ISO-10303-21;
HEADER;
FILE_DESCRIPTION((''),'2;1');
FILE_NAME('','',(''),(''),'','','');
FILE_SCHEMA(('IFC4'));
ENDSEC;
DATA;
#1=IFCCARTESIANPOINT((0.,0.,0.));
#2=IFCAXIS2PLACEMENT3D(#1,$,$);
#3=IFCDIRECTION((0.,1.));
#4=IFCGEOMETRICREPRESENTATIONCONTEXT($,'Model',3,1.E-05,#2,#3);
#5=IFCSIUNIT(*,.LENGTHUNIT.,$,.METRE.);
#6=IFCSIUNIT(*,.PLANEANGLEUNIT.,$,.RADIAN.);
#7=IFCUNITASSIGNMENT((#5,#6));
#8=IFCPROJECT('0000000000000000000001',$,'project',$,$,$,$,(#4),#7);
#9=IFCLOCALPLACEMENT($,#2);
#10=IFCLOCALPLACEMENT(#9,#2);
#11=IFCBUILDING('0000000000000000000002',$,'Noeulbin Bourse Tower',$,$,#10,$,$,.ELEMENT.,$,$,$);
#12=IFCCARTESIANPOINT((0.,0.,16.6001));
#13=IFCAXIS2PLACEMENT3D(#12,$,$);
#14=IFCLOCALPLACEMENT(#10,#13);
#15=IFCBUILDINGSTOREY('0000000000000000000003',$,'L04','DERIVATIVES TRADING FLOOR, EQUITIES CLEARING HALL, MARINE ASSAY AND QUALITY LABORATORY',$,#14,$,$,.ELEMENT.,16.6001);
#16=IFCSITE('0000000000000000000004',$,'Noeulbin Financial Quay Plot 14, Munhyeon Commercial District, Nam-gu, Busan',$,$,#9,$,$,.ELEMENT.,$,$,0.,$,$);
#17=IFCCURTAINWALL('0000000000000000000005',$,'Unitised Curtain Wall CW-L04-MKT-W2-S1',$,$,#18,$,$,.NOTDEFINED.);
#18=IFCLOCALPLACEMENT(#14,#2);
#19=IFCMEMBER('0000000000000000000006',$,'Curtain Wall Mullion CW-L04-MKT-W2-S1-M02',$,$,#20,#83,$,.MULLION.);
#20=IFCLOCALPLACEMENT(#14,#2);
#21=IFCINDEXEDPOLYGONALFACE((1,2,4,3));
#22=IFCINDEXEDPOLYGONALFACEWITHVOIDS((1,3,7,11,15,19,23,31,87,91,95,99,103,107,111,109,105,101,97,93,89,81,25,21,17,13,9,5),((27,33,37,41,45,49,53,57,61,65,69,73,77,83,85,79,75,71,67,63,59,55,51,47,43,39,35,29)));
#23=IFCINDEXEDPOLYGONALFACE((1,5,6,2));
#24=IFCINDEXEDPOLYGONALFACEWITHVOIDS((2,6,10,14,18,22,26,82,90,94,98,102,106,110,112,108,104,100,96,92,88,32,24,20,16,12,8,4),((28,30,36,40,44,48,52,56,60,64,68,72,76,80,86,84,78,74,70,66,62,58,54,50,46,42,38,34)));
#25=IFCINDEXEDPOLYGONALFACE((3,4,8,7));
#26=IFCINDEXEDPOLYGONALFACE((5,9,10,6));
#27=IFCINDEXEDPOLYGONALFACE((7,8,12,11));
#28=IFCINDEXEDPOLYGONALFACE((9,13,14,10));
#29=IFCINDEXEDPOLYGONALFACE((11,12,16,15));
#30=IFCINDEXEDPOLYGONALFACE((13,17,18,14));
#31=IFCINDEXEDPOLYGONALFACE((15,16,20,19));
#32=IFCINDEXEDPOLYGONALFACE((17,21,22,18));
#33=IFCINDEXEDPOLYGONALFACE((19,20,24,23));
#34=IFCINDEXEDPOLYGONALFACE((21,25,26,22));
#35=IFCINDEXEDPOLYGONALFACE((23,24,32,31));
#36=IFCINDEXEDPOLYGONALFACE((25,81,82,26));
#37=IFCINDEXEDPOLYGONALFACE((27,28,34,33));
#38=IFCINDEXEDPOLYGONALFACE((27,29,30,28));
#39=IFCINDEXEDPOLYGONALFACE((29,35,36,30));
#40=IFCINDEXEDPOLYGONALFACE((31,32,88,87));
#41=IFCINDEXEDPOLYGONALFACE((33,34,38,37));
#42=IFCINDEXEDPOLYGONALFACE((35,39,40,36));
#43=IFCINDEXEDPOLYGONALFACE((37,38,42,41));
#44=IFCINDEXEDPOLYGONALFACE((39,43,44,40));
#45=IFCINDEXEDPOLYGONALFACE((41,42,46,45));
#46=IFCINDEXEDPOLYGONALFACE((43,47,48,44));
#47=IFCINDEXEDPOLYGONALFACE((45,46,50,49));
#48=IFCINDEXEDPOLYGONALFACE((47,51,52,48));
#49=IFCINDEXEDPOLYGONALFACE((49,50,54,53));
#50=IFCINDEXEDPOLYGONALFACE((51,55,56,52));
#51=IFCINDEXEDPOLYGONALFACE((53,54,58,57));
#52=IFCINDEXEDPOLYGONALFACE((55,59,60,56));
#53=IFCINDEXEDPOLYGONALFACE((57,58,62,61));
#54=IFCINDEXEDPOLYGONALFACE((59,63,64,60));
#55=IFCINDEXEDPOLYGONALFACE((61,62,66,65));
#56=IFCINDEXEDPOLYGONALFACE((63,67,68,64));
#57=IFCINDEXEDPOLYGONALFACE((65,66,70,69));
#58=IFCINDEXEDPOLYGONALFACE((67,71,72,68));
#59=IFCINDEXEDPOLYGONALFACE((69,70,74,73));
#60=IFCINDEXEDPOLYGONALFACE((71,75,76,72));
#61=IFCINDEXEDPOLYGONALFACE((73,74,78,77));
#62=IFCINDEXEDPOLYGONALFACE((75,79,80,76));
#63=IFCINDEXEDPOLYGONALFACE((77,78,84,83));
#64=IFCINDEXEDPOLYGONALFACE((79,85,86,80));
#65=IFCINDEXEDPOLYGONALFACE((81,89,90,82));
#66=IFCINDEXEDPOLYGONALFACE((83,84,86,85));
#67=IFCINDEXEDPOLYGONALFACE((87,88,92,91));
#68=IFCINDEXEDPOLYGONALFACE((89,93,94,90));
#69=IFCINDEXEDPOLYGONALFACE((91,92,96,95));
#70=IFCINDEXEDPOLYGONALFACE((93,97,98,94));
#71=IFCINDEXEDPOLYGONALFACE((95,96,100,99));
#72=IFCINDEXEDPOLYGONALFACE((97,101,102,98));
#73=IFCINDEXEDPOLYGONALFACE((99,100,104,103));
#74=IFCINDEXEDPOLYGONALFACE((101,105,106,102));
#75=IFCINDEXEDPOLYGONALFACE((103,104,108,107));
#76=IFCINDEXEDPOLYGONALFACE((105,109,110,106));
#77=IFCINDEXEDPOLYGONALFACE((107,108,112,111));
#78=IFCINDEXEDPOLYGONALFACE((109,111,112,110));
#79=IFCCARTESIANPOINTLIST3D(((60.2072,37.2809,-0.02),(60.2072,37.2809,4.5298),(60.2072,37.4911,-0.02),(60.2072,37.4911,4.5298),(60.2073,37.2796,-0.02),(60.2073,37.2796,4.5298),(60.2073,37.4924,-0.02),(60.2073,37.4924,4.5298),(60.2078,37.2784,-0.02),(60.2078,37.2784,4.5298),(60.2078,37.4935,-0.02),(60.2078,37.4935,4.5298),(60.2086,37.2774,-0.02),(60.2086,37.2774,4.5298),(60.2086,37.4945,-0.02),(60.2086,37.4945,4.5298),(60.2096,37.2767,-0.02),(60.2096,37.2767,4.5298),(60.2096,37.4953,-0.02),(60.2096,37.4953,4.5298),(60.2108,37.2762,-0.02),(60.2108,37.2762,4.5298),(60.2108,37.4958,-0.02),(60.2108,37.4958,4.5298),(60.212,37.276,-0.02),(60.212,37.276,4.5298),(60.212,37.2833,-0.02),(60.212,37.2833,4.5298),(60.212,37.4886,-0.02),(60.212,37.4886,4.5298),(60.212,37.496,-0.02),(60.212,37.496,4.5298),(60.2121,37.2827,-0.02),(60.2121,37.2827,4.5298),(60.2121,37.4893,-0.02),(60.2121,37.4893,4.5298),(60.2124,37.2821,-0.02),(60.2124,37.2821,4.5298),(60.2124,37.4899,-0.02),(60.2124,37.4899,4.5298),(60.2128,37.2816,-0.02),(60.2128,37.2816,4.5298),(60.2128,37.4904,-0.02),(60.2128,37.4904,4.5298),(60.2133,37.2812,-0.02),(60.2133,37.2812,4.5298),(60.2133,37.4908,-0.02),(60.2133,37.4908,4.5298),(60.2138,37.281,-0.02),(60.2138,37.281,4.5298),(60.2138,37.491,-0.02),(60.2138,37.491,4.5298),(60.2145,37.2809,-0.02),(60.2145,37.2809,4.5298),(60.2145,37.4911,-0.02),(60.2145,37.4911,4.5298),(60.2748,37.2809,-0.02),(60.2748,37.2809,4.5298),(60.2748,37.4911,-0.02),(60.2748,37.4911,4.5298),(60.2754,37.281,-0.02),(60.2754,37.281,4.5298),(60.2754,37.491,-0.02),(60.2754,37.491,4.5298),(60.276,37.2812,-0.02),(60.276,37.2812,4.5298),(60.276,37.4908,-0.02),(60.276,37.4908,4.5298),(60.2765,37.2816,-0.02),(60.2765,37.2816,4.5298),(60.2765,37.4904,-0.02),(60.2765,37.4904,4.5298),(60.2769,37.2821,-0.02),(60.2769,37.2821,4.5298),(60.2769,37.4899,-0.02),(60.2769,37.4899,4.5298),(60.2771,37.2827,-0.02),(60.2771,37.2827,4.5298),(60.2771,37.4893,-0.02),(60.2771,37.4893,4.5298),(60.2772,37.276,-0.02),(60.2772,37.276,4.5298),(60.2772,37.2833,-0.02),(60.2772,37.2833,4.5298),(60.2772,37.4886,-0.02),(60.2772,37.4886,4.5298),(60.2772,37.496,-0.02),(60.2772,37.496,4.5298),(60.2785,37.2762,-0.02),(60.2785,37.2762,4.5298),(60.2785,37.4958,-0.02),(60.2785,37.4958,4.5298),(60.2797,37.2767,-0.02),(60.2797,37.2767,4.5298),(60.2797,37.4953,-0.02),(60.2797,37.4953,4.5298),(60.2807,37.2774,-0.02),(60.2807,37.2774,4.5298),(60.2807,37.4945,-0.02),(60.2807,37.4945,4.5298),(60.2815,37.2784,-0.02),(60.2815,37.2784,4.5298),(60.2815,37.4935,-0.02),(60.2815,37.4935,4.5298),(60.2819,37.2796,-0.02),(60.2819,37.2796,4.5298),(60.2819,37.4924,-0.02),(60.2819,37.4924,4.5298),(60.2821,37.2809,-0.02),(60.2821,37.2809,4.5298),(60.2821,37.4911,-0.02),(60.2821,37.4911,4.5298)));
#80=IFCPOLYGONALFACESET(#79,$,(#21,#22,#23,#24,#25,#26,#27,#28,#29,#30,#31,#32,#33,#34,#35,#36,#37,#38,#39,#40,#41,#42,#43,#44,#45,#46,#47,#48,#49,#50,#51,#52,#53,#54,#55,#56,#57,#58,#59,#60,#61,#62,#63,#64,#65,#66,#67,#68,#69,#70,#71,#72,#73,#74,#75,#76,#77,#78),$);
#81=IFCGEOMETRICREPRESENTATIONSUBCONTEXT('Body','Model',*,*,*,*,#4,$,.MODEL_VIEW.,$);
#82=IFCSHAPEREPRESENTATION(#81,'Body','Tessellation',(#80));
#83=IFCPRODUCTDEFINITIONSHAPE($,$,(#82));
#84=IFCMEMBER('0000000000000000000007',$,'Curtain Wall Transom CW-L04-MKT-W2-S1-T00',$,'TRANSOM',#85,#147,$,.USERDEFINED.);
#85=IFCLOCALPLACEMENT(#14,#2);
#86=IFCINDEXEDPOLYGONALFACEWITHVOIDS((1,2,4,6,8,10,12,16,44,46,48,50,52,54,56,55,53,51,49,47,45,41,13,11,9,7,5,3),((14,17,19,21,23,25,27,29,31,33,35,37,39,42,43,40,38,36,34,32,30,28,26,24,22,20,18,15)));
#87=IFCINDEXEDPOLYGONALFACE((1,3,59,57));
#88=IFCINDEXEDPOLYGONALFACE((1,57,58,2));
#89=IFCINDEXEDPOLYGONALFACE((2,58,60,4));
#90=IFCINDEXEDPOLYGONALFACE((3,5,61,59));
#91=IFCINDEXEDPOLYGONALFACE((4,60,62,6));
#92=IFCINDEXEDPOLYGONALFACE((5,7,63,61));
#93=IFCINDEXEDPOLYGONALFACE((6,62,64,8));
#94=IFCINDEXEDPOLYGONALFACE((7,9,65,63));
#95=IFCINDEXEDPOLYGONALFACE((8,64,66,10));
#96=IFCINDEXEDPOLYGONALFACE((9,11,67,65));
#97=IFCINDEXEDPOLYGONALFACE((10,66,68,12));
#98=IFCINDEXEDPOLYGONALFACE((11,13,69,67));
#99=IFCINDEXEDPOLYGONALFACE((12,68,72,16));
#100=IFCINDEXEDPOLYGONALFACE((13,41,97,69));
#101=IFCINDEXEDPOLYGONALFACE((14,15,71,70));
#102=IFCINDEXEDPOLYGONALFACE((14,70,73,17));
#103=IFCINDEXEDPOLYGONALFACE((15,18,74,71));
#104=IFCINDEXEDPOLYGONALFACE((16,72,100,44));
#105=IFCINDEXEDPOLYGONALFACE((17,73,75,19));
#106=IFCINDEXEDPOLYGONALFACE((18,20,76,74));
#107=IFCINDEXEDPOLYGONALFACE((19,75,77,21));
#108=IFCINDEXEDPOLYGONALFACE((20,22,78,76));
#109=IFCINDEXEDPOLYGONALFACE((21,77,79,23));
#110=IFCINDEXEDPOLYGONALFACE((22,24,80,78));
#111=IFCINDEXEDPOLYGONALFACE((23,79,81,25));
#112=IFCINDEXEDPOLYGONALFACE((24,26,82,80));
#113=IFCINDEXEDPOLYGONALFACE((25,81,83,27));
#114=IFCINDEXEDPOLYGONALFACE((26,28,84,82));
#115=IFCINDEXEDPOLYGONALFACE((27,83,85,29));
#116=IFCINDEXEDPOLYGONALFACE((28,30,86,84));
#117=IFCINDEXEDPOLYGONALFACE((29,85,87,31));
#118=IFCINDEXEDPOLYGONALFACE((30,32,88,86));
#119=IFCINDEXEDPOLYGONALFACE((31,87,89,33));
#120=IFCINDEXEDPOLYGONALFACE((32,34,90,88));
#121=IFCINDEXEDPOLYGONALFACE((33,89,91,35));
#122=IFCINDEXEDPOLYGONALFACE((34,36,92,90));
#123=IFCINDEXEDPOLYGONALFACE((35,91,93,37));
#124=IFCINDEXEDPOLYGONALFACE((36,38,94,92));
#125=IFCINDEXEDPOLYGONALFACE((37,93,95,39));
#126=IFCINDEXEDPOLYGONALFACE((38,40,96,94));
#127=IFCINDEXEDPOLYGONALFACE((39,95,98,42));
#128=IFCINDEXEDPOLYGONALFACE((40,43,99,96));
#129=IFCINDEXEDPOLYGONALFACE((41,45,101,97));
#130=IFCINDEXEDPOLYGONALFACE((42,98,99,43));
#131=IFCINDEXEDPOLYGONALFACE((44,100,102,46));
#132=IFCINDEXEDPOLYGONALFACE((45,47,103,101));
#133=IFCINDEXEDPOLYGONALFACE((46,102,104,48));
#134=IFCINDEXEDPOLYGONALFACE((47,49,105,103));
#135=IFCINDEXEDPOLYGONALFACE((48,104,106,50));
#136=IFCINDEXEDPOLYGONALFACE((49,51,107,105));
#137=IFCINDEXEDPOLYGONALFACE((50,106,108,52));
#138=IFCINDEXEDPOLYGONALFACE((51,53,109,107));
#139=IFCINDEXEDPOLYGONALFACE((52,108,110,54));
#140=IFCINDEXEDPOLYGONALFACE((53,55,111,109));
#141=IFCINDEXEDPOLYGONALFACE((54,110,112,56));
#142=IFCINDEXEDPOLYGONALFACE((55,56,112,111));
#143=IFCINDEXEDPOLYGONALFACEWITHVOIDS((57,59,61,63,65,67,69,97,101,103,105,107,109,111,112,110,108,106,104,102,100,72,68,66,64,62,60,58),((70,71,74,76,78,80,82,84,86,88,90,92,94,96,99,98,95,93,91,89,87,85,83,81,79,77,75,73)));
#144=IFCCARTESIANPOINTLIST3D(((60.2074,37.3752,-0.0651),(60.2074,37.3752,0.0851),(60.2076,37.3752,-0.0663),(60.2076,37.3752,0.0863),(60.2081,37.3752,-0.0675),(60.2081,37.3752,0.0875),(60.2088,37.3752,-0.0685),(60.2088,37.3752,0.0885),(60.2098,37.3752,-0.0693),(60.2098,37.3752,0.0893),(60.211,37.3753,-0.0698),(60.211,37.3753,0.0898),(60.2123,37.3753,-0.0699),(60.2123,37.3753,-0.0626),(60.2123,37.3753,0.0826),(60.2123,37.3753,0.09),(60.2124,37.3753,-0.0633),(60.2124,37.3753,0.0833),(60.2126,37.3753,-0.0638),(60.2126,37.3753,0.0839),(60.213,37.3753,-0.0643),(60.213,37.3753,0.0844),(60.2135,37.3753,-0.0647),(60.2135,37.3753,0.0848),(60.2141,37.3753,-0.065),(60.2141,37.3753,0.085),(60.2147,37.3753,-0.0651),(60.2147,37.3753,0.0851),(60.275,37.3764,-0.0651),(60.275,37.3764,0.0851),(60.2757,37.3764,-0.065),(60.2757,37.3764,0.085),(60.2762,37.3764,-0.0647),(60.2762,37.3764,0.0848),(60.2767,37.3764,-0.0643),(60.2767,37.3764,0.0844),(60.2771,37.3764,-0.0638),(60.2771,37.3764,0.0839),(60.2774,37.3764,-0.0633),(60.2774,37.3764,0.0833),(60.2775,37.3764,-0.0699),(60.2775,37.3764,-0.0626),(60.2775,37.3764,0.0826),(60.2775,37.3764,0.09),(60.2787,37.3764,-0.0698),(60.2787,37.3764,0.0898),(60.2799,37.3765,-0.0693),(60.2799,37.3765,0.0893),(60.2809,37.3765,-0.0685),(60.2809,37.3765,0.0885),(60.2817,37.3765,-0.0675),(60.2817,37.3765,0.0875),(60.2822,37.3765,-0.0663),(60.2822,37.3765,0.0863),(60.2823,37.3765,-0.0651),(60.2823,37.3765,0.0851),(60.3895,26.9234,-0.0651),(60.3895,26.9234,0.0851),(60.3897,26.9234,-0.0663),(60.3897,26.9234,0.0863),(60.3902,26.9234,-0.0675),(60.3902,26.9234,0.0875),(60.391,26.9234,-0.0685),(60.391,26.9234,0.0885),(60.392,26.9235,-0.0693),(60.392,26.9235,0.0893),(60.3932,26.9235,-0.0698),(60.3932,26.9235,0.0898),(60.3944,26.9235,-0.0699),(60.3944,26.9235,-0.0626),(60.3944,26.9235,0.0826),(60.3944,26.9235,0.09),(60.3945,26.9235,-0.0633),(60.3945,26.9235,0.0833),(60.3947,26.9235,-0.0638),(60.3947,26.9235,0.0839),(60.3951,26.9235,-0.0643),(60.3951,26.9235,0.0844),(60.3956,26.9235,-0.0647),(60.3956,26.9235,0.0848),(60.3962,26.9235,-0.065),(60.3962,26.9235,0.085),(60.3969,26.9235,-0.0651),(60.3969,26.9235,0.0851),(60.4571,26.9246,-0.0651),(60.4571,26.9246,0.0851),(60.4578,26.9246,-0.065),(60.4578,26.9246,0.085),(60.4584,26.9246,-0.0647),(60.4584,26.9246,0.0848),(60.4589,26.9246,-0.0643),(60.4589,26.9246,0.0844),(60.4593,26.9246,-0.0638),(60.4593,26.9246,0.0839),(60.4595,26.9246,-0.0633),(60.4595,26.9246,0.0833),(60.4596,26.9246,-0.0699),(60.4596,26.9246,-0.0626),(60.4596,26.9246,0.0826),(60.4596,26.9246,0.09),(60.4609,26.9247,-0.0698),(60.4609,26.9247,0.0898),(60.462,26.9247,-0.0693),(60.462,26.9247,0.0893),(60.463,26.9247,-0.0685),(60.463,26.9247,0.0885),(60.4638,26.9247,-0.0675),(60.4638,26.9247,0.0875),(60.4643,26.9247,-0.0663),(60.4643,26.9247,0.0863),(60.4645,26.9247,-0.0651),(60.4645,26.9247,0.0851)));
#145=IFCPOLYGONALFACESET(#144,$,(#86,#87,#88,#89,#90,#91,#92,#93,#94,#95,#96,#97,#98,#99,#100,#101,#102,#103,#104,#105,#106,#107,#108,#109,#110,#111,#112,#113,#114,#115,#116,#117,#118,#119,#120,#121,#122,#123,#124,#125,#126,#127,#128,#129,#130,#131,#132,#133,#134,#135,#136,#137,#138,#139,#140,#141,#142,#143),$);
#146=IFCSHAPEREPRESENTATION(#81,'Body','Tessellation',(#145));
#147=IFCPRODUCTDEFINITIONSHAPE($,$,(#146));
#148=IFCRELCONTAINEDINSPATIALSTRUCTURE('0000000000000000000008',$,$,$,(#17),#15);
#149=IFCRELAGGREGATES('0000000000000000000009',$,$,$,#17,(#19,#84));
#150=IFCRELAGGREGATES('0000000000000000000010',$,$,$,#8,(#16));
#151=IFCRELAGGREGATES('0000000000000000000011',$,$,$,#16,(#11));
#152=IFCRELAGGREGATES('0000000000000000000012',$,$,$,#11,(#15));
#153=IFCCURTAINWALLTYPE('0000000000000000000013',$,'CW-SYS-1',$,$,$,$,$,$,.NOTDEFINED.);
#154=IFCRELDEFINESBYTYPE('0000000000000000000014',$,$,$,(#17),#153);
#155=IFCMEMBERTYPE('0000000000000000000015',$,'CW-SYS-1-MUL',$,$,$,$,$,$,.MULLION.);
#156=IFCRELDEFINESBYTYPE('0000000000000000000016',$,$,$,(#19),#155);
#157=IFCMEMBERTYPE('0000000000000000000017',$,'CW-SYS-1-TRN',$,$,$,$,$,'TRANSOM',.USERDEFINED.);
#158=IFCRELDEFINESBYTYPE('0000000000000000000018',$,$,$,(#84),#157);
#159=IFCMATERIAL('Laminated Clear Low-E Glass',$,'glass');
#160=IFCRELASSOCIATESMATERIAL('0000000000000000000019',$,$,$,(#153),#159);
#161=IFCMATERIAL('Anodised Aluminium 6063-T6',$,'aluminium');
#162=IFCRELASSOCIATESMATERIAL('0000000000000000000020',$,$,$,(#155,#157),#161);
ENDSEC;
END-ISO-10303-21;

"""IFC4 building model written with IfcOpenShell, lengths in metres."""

from ifc_helpers import new_model, si_unit, direction, frame, origin, origin_2d, place, context, subcontext, project, spatial, hollow_rectangle, extrude, material, material_profile, profile_set, type_object, element, aggregate, save


model = new_model("IFC4")

# Units and contexts
model_context = context("Model", 3, precision=1e-05, world=origin(), true_north=direction((0.0, 1.0)))
body_context = subcontext(model_context, "Body", "Model", "MODEL_VIEW")
ifc_project = project(units=[si_unit("LENGTHUNIT", "METRE"), si_unit("PLANEANGLEUNIT", "RADIAN")], contexts=[model_context])

# Site, building, storey
site_placement = place(None, origin())
site = spatial("IfcSite", under=ifc_project, at=site_placement, Name="Noeulbin Financial Quay Plot 14, Munhyeon Commercial District, Nam-gu, Busan", CompositionType="ELEMENT", RefElevation=0.0)
building_placement = place(site_placement, origin())
building = spatial("IfcBuilding", under=site, at=building_placement, Name="Noeulbin Bourse Tower", CompositionType="ELEMENT")
storey_placement = place(building_placement, frame((0.0, 0.0, 16.6001)))
storey = spatial("IfcBuildingStorey", under=building, at=storey_placement, Name="L04", Description="DERIVATIVES TRADING FLOOR, EQUITIES CLEARING HALL, MARINE ASSAY AND QUALITY LABORATORY", CompositionType="ELEMENT", Elevation=16.6001)

# Curtain wall, members
ifc_material_1 = material(Name="Laminated Clear Low-E Glass", Category="glass")
curtain_wall_type_1 = type_object("IfcCurtainWallType", Name="CW-SYS-1", PredefinedType="NOTDEFINED", material=ifc_material_1)
curtain_wall_1_placement = place(storey_placement, origin())
curtain_wall_1 = element("IfcCurtainWall", 1, at=curtain_wall_1_placement, inside=storey, type_object=curtain_wall_type_1, Name="Unitised Curtain Wall CW-L04-MKT-W2-S1", PredefinedType="NOTDEFINED")
ifc_material_2 = material(Name="Anodised Aluminium 6063-T6", Category="aluminium")
ifc_material_profile_1 = material_profile(ifc_material_2, hollow_rectangle(XDim=0.075, YDim=0.22, WallThickness=0.0049, InnerFilletRadius=0.0024, OuterFilletRadius=0.0049, at=origin_2d()), Name="ALU-MULL-75x220x5", Category="LoadBearing")
ifc_profile_set_1 = profile_set([ifc_material_profile_1], Name="Anodised Aluminium 6063-T6")
member_type_1 = type_object("IfcMemberType", Name="CW-SYS-1-MUL", PredefinedType="MULLION", material=ifc_profile_set_1)
member_1_placement = place(storey_placement, frame((60.2446, 37.386, -0.02), z_axis=(0.0, 0.0, 1.0), x_axis=(1.0, 0.0, 0.0)))
member_1 = element("IfcMember", 2, at=member_1_placement, type_object=member_type_1, Name="Curtain Wall Mullion CW-L04-MKT-W2-S1-M02", PredefinedType="MULLION", context=body_context, shape_type="SweptSolid", body=[
    extrude(hollow_rectangle(XDim=0.075, YDim=0.22, WallThickness=0.0049, InnerFilletRadius=0.0024, OuterFilletRadius=0.0049, at=origin_2d()), origin(), (0.0, 0.0, 1.0), 4.5498),
])
ifc_material_profile_2 = material_profile(ifc_material_2, hollow_rectangle(XDim=0.075, YDim=0.1599, WallThickness=0.0049, InnerFilletRadius=0.0024, OuterFilletRadius=0.0049, at=origin_2d()), Name="ALU-TRAN-75x160x5", Category="LoadBearing")
ifc_profile_set_2 = profile_set([ifc_material_profile_2], Name="Anodised Aluminium 6063-T6")
member_type_2 = type_object("IfcMemberType", Name="CW-SYS-1-TRN", ElementType="TRANSOM", PredefinedType="USERDEFINED", material=ifc_profile_set_2)
member_2_placement = place(storey_placement, frame((60.427, 26.9241, 0.01), z_axis=(-0.017423, 0.999848, 0.0), x_axis=(-0.999848, -0.017423, 0.0)))
member_2 = element("IfcMember", 3, at=member_2_placement, type_object=member_type_2, Name="Curtain Wall Transom CW-L04-MKT-W2-S1-T00", ObjectType="TRANSOM", PredefinedType="USERDEFINED", context=body_context, shape_type="SweptSolid", body=[
    extrude(hollow_rectangle(XDim=0.075, YDim=0.1599, WallThickness=0.0049, InnerFilletRadius=0.0024, OuterFilletRadius=0.0049, at=origin_2d()), origin(), (0.0, 0.0, 1.0), 10.4534),
])

aggregate(curtain_wall_1, [member_1, member_2])

save(model, "model.ifc")
